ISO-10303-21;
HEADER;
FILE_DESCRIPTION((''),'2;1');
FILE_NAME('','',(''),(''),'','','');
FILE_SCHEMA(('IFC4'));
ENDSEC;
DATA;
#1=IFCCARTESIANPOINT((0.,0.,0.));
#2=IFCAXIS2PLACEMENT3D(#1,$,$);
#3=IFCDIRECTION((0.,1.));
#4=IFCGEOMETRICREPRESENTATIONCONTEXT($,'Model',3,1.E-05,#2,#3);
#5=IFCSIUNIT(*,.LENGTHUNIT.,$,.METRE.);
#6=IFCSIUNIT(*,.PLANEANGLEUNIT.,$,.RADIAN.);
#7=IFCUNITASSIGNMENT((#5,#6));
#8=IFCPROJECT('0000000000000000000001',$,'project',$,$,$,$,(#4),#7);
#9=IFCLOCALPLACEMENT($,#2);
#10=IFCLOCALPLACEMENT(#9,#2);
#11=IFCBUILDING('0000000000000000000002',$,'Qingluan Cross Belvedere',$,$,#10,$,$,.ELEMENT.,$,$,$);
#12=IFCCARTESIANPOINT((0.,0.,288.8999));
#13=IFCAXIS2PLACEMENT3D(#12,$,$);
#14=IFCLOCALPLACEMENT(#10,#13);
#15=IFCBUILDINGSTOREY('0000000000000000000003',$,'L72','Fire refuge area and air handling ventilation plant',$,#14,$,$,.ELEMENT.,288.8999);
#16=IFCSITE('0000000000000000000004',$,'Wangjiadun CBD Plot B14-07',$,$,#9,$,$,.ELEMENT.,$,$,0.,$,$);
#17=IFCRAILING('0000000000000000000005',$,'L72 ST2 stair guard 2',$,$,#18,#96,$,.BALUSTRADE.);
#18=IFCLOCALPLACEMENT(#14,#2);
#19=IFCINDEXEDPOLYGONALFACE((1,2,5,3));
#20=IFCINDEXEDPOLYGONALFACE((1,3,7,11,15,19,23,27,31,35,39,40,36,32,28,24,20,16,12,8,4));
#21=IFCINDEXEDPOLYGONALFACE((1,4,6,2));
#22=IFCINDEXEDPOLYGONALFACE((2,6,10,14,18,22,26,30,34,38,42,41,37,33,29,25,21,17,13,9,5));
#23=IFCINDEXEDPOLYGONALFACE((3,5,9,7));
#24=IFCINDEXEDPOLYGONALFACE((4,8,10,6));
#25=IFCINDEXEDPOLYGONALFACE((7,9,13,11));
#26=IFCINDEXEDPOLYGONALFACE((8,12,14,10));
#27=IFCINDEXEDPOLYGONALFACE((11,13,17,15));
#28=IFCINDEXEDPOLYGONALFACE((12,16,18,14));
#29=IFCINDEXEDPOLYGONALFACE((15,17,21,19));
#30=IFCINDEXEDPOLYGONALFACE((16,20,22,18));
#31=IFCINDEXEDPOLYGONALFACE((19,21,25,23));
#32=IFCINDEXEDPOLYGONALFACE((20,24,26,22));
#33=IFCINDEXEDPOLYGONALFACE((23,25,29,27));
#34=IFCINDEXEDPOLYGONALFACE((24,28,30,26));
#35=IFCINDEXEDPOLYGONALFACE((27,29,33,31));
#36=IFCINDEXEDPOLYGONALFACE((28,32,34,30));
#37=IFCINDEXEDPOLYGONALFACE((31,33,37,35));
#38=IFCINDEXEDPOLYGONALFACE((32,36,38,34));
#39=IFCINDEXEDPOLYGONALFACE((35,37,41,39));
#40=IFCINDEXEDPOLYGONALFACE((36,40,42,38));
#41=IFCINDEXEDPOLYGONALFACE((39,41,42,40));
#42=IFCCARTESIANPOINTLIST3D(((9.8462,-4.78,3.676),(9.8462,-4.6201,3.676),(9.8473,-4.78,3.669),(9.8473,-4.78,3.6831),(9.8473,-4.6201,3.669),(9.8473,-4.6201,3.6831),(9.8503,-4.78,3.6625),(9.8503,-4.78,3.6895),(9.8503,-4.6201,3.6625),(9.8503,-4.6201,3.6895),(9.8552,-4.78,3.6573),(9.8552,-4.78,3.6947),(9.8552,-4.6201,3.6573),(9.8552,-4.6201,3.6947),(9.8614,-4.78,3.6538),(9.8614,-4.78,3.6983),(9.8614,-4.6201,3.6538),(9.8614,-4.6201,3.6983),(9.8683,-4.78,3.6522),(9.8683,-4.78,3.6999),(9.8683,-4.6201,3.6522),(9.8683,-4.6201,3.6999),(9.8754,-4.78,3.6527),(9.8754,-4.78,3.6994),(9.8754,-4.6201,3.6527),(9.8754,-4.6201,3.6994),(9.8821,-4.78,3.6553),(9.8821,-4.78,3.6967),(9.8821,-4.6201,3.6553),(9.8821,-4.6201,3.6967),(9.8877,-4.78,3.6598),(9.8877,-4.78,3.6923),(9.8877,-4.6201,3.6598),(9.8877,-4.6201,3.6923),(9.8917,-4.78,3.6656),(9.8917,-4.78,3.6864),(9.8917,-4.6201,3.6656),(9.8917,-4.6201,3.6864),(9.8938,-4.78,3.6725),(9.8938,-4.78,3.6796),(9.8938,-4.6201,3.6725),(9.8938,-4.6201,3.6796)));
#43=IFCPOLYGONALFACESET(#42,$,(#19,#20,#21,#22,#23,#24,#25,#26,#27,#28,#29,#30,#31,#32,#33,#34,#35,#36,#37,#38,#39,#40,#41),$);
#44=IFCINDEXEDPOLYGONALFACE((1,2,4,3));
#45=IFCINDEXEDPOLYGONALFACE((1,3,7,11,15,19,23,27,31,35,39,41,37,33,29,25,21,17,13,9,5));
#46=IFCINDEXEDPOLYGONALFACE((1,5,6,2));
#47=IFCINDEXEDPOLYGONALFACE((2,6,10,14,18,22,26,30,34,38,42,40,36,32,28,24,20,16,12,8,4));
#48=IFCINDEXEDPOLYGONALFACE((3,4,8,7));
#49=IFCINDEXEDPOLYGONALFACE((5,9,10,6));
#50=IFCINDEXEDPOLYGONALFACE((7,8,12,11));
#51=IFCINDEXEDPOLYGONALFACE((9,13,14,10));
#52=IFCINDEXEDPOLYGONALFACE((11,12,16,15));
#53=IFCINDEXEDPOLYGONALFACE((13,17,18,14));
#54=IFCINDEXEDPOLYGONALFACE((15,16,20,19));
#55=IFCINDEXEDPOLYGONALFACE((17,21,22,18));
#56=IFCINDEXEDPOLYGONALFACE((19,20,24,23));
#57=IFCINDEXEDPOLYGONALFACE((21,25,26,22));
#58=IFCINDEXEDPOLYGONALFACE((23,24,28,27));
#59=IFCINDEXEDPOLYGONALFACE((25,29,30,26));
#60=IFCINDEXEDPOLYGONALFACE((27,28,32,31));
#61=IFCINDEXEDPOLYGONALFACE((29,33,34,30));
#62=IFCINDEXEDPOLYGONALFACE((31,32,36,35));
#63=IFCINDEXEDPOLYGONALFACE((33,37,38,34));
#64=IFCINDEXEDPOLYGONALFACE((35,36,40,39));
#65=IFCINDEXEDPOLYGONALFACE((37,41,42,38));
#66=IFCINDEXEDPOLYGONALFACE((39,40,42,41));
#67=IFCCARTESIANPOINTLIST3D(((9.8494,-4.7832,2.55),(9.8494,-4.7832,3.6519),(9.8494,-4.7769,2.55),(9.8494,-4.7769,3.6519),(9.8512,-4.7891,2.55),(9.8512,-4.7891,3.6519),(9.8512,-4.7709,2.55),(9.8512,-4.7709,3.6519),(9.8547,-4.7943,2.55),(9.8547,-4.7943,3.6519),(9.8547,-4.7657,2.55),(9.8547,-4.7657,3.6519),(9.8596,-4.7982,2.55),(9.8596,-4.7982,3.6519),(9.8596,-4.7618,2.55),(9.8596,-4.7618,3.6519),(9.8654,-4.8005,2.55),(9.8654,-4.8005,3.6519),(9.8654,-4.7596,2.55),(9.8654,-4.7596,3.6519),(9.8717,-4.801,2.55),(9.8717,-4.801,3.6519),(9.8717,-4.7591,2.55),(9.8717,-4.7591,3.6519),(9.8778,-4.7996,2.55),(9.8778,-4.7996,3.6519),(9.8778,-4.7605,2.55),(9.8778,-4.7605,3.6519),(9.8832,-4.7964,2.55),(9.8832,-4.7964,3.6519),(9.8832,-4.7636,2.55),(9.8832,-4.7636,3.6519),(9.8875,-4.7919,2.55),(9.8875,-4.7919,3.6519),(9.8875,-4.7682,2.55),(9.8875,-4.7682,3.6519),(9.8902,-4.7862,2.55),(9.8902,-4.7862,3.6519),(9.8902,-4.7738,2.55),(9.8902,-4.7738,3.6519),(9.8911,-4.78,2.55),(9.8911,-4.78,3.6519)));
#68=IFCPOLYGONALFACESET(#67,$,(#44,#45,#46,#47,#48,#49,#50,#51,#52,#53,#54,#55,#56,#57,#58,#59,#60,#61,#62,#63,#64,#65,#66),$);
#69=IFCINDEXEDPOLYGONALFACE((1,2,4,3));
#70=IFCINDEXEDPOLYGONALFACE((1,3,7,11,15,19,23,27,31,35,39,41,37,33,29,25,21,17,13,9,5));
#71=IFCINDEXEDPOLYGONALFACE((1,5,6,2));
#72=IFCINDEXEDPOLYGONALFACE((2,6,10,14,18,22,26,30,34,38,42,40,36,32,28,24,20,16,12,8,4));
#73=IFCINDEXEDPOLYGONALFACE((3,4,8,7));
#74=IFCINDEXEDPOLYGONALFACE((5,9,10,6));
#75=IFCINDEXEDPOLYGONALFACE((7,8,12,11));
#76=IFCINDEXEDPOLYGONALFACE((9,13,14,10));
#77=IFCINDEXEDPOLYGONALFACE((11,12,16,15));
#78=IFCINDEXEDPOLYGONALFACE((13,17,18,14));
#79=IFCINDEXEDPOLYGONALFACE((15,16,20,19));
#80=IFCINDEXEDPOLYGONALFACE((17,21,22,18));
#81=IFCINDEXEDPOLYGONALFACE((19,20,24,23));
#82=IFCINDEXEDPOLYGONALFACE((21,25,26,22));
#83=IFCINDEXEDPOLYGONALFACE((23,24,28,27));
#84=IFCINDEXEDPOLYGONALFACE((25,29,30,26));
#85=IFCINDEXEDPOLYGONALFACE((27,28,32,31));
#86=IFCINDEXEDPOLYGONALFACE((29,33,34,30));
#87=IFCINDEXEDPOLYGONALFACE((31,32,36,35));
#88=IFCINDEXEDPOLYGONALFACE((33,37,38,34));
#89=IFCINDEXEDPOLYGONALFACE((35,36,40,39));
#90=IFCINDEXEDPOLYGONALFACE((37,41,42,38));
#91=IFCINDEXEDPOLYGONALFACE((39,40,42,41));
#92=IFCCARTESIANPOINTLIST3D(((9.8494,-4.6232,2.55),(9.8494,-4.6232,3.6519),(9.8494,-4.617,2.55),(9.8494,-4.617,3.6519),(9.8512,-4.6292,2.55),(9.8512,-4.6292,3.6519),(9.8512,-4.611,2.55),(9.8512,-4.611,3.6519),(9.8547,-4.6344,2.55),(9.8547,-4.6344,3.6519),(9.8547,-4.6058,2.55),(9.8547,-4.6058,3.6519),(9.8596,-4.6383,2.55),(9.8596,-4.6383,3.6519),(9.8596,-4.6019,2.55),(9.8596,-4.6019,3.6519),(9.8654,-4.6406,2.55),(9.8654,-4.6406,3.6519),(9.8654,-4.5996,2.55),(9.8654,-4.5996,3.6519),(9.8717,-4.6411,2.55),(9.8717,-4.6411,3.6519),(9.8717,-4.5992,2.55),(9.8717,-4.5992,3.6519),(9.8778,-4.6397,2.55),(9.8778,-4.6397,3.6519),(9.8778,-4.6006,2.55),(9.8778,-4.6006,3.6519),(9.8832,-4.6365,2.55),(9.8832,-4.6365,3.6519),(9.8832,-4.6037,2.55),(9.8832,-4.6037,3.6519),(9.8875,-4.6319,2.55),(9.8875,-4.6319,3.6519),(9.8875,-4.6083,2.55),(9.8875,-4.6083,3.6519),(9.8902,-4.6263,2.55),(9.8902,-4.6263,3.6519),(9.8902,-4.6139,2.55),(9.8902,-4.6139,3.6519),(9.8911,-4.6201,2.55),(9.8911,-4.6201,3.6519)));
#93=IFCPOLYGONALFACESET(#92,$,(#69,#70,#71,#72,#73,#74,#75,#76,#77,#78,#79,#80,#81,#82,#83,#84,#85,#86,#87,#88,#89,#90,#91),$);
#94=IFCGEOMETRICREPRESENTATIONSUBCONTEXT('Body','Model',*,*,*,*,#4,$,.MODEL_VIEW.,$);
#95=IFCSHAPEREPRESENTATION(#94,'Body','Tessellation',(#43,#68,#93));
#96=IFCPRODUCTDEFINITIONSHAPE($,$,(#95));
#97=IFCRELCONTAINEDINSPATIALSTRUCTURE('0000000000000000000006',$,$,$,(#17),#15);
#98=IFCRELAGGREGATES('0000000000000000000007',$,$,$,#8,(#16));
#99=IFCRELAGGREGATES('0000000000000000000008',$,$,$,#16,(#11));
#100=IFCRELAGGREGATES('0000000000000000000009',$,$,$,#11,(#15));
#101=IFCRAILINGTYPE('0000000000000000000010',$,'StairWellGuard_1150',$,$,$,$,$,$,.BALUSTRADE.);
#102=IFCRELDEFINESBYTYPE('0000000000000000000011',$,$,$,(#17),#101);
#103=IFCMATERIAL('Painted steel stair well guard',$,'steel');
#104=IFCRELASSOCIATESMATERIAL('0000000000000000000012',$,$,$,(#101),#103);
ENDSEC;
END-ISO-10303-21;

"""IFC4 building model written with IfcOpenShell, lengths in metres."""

from ifc_helpers import new_model, si_unit, direction, frame, origin, origin_2d, place, context, subcontext, project, spatial, circle, extrude, material, type_object, element, save


model = new_model("IFC4")

# Units and contexts
model_context = context("Model", 3, precision=1e-05, world=origin(), true_north=direction((0.0, 1.0)))
body_context = subcontext(model_context, "Body", "Model", "MODEL_VIEW")
ifc_project = project(units=[si_unit("LENGTHUNIT", "METRE"), si_unit("PLANEANGLEUNIT", "RADIAN")], contexts=[model_context])

# Site, building, storey
site_placement = place(None, origin())
site = spatial("IfcSite", under=ifc_project, at=site_placement, Name="Wangjiadun CBD Plot B14-07", CompositionType="ELEMENT", RefElevation=0.0)
building_placement = place(site_placement, origin())
building = spatial("IfcBuilding", under=site, at=building_placement, Name="Qingluan Cross Belvedere", CompositionType="ELEMENT")
storey_placement = place(building_placement, frame((0.0, 0.0, 288.8999)))
storey = spatial("IfcBuildingStorey", under=building, at=storey_placement, Name="L72", Description="Fire refuge area and air handling ventilation plant", CompositionType="ELEMENT", Elevation=288.8999)

# Railing
ifc_material_1 = material(Name="Painted steel stair well guard", Category="steel")
railing_type_1 = type_object("IfcRailingType", Name="StairWellGuard_1150", PredefinedType="BALUSTRADE", material=ifc_material_1)
railing_1_placement = place(storey_placement, frame((9.8701, -4.78, 2.55)))
element("IfcRailing", 1, at=railing_1_placement, inside=storey, type_object=railing_type_1, Name="L72 ST2 stair guard 2", PredefinedType="BALUSTRADE", context=body_context, shape_type="SweptSolid", body=[
    extrude(circle(Radius=0.0239, at=origin_2d()), frame((0.0, 0.0, 1.126), z_axis=(0.0, 1.0, 0.0), x_axis=(-1.0, 0.0, 0.0)), (0.0, 0.0, 1.0), 0.1599),
    extrude(circle(Radius=0.021, at=origin_2d()), origin(), (0.0, 0.0, 1.0), 1.1018),
    extrude(circle(Radius=0.021, at=origin_2d()), frame((0.0, 0.1599, 0.0)), (0.0, 0.0, 1.0), 1.1018),
])

save(model, "model.ifc")
